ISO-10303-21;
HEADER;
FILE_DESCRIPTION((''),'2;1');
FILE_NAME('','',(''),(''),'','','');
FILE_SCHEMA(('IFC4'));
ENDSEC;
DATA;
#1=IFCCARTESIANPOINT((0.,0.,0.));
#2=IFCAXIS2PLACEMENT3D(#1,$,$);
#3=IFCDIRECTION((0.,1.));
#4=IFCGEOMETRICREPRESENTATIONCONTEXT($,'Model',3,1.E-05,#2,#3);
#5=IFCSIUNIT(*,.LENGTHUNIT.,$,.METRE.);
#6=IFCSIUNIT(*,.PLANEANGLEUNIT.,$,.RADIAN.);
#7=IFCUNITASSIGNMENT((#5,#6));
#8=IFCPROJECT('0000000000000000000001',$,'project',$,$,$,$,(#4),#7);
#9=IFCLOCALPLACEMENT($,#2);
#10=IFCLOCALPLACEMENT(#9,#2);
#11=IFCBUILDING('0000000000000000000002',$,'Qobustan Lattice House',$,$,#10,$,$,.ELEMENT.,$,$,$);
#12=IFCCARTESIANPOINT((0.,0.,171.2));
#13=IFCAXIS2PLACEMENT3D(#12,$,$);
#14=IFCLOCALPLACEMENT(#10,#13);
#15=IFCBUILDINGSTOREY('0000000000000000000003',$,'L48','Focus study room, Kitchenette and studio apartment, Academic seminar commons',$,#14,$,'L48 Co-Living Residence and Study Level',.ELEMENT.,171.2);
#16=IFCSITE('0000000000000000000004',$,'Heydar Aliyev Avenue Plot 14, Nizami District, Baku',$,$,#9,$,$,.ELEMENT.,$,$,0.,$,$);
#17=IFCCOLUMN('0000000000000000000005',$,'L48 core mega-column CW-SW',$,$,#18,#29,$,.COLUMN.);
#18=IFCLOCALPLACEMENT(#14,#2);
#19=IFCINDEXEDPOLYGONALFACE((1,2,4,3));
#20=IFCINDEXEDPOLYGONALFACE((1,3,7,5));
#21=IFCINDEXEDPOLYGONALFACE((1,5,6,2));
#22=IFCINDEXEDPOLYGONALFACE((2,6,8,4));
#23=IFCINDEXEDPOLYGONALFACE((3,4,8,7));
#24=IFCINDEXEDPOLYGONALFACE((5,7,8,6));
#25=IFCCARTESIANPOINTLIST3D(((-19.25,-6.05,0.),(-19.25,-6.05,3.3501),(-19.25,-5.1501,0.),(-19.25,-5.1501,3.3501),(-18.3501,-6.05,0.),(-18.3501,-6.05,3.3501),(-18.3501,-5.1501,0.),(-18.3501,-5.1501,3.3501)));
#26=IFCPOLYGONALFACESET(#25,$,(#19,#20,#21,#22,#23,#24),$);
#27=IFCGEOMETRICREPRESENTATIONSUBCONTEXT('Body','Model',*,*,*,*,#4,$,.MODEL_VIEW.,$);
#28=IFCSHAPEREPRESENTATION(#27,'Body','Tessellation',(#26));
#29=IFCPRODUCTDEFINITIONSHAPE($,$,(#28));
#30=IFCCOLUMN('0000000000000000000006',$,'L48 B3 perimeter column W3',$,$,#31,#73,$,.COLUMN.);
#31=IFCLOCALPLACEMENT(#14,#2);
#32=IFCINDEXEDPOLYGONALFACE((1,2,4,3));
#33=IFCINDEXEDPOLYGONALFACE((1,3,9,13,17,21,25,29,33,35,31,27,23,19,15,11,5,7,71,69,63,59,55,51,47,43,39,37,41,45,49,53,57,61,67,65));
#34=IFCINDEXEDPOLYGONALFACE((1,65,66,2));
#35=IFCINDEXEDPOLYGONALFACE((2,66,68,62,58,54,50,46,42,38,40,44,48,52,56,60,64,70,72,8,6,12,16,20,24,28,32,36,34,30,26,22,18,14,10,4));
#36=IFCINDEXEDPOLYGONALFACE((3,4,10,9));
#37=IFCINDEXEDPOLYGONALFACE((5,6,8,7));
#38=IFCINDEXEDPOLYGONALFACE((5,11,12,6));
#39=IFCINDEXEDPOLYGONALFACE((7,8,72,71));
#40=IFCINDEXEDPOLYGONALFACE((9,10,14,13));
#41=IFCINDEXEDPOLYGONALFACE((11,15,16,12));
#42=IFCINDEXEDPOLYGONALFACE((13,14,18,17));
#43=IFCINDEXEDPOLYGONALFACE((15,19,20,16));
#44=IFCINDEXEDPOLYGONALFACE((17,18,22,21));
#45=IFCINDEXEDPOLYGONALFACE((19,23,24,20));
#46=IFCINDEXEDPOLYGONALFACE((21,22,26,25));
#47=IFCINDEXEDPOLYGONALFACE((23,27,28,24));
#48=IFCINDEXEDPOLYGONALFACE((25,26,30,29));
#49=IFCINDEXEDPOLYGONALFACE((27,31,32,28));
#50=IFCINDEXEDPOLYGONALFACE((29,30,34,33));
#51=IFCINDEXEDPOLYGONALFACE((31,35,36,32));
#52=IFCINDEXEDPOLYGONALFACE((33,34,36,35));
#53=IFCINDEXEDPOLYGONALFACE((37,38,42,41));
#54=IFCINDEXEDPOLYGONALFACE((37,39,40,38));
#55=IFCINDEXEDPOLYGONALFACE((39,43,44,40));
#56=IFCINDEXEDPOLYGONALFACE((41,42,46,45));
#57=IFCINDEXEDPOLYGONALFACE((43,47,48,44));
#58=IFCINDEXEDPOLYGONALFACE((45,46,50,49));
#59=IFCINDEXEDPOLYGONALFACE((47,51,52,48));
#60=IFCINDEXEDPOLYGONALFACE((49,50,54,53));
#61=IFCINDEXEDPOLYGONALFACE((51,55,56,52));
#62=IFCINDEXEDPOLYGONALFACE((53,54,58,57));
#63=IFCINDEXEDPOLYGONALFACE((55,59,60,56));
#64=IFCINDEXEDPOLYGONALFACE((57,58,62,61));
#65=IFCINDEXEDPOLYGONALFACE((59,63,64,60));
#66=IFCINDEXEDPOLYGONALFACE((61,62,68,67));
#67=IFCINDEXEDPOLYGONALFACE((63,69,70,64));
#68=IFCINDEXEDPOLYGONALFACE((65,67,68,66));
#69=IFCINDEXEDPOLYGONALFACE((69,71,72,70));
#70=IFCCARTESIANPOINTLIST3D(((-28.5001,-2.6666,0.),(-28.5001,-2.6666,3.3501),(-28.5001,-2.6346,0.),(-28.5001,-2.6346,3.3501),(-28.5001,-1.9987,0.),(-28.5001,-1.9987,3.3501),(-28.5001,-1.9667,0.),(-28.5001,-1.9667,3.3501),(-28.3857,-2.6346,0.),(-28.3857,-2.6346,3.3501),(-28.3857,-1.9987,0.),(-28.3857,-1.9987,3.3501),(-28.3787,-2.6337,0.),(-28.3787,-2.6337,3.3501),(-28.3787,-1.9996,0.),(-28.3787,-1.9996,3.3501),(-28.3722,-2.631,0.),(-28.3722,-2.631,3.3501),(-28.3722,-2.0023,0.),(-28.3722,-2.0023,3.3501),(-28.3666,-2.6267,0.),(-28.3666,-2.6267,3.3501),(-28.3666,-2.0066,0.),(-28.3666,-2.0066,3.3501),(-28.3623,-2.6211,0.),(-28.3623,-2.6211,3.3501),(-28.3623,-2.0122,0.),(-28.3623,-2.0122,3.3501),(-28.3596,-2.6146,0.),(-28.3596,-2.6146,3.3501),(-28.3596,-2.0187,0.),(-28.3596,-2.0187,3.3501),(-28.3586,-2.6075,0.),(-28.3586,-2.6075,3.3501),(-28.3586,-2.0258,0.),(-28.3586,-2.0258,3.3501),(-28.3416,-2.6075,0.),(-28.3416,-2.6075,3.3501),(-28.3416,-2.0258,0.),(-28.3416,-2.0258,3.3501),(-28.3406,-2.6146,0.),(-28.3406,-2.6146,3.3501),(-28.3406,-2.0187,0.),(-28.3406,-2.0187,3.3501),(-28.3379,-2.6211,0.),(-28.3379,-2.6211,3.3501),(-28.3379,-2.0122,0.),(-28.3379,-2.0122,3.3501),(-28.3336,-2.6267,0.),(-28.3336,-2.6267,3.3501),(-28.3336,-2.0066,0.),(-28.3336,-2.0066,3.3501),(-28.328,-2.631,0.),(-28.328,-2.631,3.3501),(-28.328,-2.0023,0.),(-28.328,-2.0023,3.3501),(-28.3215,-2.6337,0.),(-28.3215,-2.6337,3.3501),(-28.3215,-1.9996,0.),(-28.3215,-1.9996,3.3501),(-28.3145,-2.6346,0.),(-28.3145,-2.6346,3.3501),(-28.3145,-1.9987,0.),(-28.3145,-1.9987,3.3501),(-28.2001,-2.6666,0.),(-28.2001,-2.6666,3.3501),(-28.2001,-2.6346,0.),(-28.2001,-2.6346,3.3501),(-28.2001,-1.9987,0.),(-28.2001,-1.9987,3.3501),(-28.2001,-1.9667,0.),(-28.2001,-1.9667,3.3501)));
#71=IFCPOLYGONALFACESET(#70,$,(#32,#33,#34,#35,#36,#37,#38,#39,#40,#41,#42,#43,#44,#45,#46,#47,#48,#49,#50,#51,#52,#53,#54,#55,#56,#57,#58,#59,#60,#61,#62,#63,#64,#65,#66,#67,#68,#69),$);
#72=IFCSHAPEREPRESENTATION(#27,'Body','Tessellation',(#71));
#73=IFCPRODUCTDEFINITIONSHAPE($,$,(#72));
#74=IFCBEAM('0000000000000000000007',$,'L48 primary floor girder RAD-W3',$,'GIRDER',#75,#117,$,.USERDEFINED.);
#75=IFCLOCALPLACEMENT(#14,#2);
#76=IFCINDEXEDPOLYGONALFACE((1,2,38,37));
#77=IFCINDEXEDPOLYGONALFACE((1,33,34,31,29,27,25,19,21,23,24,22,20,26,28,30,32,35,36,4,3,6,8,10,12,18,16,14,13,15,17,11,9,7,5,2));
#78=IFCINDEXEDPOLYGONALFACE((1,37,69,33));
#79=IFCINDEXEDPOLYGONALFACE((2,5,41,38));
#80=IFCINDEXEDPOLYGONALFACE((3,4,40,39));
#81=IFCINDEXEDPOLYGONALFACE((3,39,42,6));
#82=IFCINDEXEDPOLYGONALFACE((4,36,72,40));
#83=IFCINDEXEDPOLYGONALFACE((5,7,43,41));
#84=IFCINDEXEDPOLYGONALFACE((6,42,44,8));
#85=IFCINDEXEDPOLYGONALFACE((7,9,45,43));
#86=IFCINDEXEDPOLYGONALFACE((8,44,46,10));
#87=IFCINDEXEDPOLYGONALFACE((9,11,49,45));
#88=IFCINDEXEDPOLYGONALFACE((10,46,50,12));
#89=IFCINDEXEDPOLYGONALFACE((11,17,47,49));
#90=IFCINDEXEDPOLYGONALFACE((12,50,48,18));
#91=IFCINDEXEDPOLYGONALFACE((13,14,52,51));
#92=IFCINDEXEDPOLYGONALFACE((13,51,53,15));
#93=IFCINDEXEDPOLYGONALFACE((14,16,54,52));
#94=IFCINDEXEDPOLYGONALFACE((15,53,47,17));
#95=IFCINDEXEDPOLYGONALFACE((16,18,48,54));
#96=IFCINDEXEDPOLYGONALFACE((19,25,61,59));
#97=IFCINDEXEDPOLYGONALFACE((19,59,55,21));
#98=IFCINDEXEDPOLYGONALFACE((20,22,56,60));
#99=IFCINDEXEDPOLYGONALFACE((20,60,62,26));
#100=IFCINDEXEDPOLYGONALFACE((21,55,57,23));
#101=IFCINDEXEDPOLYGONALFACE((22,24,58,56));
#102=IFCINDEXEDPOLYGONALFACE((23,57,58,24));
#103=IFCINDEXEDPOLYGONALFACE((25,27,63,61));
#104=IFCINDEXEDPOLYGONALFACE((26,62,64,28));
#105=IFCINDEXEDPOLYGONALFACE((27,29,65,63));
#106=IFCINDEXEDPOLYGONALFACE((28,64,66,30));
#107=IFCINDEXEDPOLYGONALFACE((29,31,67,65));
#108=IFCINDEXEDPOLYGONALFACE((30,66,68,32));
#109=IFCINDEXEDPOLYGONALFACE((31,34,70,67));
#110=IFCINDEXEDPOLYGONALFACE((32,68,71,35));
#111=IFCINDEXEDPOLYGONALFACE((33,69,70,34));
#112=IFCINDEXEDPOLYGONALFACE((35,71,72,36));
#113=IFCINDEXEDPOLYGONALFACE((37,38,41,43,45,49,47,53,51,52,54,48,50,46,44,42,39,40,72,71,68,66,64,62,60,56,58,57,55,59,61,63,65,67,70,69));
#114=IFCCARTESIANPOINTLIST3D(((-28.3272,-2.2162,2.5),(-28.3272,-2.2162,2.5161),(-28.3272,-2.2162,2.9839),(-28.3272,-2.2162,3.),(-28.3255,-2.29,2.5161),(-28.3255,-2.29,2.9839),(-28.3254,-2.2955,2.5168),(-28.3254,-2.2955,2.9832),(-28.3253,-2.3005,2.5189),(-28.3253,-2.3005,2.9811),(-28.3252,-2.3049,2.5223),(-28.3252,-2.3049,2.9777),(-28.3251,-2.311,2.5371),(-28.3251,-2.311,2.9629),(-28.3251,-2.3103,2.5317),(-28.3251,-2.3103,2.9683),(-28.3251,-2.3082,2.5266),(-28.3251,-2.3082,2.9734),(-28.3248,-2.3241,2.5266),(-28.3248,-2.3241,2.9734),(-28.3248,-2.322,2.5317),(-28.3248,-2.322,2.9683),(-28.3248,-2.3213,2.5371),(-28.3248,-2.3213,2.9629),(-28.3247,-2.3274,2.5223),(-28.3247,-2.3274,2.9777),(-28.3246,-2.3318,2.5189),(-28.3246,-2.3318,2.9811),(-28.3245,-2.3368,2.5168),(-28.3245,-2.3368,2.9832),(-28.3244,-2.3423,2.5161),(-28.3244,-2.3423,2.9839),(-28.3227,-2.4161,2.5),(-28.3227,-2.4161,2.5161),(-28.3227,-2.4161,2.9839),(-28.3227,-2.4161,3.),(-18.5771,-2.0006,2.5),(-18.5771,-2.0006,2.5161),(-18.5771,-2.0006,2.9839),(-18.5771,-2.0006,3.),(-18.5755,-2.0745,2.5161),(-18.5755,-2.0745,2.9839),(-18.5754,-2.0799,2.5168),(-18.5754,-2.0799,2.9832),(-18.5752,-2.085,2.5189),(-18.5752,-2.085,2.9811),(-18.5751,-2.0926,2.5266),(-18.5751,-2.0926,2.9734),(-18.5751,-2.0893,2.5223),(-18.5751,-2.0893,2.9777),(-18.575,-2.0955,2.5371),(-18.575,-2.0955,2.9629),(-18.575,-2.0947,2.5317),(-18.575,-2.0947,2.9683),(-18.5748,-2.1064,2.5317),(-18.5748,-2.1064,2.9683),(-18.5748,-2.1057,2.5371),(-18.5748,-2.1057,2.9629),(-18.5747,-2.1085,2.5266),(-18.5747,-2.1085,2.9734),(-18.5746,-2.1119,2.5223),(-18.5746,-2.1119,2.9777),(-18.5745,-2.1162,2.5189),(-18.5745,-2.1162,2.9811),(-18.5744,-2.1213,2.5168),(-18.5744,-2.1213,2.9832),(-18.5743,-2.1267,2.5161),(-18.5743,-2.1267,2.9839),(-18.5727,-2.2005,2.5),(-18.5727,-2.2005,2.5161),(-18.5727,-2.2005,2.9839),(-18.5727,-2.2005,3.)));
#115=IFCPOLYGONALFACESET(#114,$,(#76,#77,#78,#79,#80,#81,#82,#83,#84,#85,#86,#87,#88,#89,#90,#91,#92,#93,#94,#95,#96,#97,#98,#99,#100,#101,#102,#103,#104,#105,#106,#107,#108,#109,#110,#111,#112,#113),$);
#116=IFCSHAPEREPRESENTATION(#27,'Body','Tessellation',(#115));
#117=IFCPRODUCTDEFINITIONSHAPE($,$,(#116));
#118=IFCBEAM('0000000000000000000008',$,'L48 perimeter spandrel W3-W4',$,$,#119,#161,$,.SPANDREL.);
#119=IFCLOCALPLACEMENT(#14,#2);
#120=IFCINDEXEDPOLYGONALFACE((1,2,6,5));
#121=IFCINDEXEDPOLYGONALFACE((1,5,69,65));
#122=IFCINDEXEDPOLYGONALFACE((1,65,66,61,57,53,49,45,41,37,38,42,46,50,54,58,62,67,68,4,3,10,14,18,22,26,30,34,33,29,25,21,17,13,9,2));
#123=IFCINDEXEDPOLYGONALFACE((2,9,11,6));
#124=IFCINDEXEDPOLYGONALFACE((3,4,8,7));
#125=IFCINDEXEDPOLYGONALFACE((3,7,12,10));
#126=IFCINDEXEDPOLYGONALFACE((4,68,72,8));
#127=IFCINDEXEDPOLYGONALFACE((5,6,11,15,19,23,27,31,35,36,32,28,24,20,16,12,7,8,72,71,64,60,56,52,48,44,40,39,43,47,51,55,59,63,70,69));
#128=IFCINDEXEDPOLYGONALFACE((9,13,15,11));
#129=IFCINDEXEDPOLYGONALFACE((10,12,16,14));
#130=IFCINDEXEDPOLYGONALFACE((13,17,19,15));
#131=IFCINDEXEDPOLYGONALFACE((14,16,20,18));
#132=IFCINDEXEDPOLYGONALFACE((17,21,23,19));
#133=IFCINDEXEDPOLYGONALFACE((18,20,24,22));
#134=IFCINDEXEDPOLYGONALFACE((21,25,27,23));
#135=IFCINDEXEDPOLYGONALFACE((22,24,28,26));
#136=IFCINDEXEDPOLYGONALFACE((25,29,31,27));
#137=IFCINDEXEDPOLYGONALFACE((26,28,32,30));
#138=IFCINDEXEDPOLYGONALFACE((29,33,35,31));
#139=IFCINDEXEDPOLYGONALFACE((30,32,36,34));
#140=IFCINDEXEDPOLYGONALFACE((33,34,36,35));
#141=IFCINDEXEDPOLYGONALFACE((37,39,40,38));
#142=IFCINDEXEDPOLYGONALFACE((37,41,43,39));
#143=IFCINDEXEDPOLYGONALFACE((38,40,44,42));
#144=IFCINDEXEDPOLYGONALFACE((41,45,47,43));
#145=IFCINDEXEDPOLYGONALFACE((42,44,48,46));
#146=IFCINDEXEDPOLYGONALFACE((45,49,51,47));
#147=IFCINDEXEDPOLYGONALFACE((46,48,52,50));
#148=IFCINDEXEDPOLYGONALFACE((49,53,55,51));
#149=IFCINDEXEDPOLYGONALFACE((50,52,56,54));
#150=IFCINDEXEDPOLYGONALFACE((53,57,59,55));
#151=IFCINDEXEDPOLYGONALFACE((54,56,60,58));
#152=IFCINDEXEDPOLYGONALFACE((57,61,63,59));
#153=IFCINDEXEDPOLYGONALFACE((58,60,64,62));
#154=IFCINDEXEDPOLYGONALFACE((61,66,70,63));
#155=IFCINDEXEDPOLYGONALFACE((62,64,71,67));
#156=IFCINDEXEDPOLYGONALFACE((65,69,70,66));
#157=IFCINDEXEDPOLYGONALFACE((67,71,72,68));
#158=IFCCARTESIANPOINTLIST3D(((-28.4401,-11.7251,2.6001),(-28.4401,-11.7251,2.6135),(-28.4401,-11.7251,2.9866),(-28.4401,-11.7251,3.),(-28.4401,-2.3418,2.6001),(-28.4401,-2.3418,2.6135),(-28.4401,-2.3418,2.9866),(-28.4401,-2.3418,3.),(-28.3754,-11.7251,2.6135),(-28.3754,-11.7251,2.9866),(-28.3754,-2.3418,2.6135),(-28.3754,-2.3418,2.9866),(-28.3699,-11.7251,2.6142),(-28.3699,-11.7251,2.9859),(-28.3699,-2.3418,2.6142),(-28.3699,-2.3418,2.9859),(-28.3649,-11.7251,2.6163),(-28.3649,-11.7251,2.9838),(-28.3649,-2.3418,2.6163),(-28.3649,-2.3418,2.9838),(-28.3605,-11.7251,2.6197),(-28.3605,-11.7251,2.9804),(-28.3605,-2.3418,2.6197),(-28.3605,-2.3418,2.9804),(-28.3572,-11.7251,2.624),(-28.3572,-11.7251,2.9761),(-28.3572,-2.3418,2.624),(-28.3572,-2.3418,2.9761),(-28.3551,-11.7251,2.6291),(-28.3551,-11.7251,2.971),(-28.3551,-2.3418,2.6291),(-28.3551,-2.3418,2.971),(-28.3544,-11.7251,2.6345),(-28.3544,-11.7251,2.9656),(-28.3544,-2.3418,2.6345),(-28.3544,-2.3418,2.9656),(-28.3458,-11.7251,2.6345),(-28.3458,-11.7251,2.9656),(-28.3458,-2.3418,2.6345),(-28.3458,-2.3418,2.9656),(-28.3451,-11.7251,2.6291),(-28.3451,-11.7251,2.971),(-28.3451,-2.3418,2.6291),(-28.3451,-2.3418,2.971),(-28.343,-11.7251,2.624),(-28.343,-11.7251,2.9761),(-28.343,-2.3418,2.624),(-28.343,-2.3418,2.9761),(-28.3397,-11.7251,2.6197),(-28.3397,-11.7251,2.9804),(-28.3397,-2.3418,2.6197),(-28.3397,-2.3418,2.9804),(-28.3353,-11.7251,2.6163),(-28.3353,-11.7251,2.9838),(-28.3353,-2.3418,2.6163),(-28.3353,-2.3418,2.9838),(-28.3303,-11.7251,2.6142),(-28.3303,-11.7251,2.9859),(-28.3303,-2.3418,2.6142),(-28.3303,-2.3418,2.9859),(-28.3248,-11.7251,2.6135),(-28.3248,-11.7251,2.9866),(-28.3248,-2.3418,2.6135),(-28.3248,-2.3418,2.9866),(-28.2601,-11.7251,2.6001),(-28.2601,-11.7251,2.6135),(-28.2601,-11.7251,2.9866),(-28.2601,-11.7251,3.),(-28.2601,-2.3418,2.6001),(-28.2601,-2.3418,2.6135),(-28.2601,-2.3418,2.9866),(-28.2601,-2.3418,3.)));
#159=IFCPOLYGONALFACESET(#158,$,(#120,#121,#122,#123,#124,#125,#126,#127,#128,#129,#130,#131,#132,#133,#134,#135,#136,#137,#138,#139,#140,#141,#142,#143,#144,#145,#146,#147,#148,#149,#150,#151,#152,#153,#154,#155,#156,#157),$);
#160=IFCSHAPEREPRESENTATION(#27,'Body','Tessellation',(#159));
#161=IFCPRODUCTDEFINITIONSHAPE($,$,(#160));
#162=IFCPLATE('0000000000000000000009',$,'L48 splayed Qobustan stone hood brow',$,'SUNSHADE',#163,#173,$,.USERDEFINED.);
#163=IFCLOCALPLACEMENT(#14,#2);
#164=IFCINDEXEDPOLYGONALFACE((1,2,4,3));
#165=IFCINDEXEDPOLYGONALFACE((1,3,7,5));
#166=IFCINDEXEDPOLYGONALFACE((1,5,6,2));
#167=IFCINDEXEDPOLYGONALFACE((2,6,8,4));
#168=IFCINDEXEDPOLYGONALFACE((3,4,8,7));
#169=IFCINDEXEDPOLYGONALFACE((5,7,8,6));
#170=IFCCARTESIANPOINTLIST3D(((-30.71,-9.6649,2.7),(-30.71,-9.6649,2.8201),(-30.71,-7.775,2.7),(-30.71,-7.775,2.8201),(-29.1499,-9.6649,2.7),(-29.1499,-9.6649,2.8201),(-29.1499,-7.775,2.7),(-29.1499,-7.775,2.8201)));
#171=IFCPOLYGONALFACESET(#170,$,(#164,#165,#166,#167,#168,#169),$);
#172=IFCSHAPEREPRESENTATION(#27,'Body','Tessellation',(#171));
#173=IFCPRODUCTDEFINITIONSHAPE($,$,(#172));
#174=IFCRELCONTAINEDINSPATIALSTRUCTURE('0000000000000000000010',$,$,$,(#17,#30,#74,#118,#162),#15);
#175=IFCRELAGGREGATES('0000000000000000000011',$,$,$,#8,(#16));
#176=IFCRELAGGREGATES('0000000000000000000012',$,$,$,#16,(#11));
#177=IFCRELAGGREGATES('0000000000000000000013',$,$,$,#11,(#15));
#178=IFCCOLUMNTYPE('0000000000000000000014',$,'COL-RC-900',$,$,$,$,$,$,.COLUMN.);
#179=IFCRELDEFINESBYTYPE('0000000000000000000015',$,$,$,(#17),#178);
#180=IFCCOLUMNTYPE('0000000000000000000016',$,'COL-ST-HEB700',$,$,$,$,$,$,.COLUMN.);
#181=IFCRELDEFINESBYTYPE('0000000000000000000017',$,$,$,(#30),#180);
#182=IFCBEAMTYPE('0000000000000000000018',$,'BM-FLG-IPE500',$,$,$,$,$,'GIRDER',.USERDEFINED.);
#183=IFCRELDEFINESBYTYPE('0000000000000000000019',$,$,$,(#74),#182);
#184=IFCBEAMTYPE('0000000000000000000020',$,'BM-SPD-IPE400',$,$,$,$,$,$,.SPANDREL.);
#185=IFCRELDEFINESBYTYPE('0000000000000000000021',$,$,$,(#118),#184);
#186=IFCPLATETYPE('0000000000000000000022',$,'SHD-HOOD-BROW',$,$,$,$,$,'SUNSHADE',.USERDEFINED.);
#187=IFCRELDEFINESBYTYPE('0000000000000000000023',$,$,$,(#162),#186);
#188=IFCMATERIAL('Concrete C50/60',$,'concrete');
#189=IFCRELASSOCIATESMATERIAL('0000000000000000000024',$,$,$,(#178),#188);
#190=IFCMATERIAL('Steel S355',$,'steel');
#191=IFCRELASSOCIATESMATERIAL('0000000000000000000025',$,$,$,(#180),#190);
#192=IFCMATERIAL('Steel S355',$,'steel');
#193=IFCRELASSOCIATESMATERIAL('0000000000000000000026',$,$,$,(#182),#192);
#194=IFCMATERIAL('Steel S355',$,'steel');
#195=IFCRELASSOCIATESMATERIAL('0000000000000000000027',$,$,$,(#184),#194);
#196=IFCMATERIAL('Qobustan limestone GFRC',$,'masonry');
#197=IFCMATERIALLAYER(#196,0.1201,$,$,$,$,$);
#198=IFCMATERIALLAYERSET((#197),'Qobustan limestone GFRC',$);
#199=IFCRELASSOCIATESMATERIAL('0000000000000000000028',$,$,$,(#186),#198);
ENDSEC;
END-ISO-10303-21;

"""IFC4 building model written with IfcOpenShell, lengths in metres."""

from ifc_helpers import new_model, si_unit, direction, frame, origin, origin_2d, place, context, subcontext, project, spatial, rectangle, i_section, extrude, material, layer, layer_set, material_profile, profile_set, type_object, element, save


model = new_model("IFC4")

# Units and contexts
model_context = context("Model", 3, precision=1e-05, world=origin(), true_north=direction((0.0, 1.0)))
body_context = subcontext(model_context, "Body", "Model", "MODEL_VIEW")
ifc_project = project(units=[si_unit("LENGTHUNIT", "METRE"), si_unit("PLANEANGLEUNIT", "RADIAN")], contexts=[model_context])

# Site, building, storey
site_placement = place(None, origin())
site = spatial("IfcSite", under=ifc_project, at=site_placement, Name="Heydar Aliyev Avenue Plot 14, Nizami District, Baku", CompositionType="ELEMENT", RefElevation=0.0)
building_placement = place(site_placement, origin())
building = spatial("IfcBuilding", under=site, at=building_placement, Name="Qobustan Lattice House", CompositionType="ELEMENT")
storey_placement = place(building_placement, frame((0.0, 0.0, 171.2)))
storey = spatial("IfcBuildingStorey", under=building, at=storey_placement, Name="L48", Description="Focus study room, Kitchenette and studio apartment, Academic seminar commons", LongName="L48 Co-Living Residence and Study Level", CompositionType="ELEMENT", Elevation=171.2)

# Columns
ifc_material_1 = material(Name="Concrete C50/60", Category="concrete")
ifc_material_profile_1 = material_profile(ifc_material_1, rectangle(XDim=0.8999, YDim=0.8999, at=origin_2d()), Name="RC900x900")
ifc_profile_set_1 = profile_set([ifc_material_profile_1], Name="Concrete C50/60")
column_type_1 = type_object("IfcColumnType", Name="COL-RC-900", PredefinedType="COLUMN", material=ifc_profile_set_1)
column_1_placement = place(storey_placement, frame((-18.8, -5.6001, 0.0), z_axis=(0.0, 0.0, 1.0), x_axis=(1.0, 0.0, 0.0)))
element("IfcColumn", 1, at=column_1_placement, inside=storey, type_object=column_type_1, Name="L48 core mega-column CW-SW", PredefinedType="COLUMN", context=body_context, shape_type="SweptSolid", body=[
    extrude(rectangle(XDim=0.8999, YDim=0.8999, at=origin_2d()), origin(), (0.0, 0.0, 1.0), 3.3501),
])
ifc_material_2 = material(Name="Steel S355", Category="steel")
ifc_material_profile_2 = material_profile(ifc_material_2, i_section(OverallWidth=0.3, OverallDepth=0.7, WebThickness=0.0171, FlangeThickness=0.032, FilletRadius=0.0271, at=origin_2d()), Name="HEB700")
ifc_profile_set_2 = profile_set([ifc_material_profile_2], Name="Steel S355")
column_type_2 = type_object("IfcColumnType", Name="COL-ST-HEB700", PredefinedType="COLUMN", material=ifc_profile_set_2)
column_2_placement = place(storey_placement, frame((-28.3501, -2.3167, 0.0), z_axis=(0.0, 0.0, 1.0), x_axis=(1.0, 0.0, 0.0)))
element("IfcColumn", 2, at=column_2_placement, inside=storey, type_object=column_type_2, Name="L48 B3 perimeter column W3", PredefinedType="COLUMN", context=body_context, shape_type="SweptSolid", body=[
    extrude(i_section(OverallWidth=0.3, OverallDepth=0.7, WebThickness=0.0171, FlangeThickness=0.032, FilletRadius=0.0271, at=origin_2d()), origin(), (0.0, 0.0, 1.0), 3.3501),
])

# Beams
ifc_material_3 = material(Name="Steel S355", Category="steel")
ifc_material_profile_3 = material_profile(ifc_material_3, i_section(OverallWidth=0.2, OverallDepth=0.5, WebThickness=0.0103, FlangeThickness=0.0161, FilletRadius=0.021, at=origin_2d()), Name="IPE500")
ifc_profile_set_3 = profile_set([ifc_material_profile_3], Name="Steel S355")
beam_type_1 = type_object("IfcBeamType", Name="BM-FLG-IPE500", ElementType="GIRDER", PredefinedType="USERDEFINED", material=ifc_profile_set_3)
beam_1_placement = place(storey_placement, frame((-28.325, -2.3162, 2.75), z_axis=(0.999756, 0.022105, 0.0), x_axis=(-0.022105, 0.999756, 0.0)))
element("IfcBeam", 3, at=beam_1_placement, inside=storey, type_object=beam_type_1, Name="L48 primary floor girder RAD-W3", ObjectType="GIRDER", PredefinedType="USERDEFINED", context=body_context, shape_type="SweptSolid", body=[
    extrude(i_section(OverallWidth=0.2, OverallDepth=0.5, WebThickness=0.0103, FlangeThickness=0.0161, FilletRadius=0.021, at=origin_2d()), origin(), (0.0, 0.0, 1.0), 9.7524),
])
ifc_material_4 = material(Name="Steel S355", Category="steel")
ifc_material_profile_4 = material_profile(ifc_material_4, i_section(OverallWidth=0.1799, OverallDepth=0.3999, WebThickness=0.0085, FlangeThickness=0.0134, FilletRadius=0.021, at=origin_2d()), Name="IPE400")
ifc_profile_set_4 = profile_set([ifc_material_profile_4], Name="Steel S355")
beam_type_2 = type_object("IfcBeamType", Name="BM-SPD-IPE400", PredefinedType="SPANDREL", material=ifc_profile_set_4)
beam_2_placement = place(storey_placement, frame((-28.3501, -2.3418, 2.8), z_axis=(0.0, -1.0, 0.0), x_axis=(1.0, 0.0, 0.0)))
element("IfcBeam", 4, at=beam_2_placement, inside=storey, type_object=beam_type_2, Name="L48 perimeter spandrel W3-W4", PredefinedType="SPANDREL", context=body_context, shape_type="SweptSolid", body=[
    extrude(i_section(OverallWidth=0.1799, OverallDepth=0.3999, WebThickness=0.0085, FlangeThickness=0.0134, FilletRadius=0.021, at=origin_2d()), origin(), (0.0, 0.0, 1.0), 9.3833),
])

# Plate
ifc_material_5 = material(Name="Qobustan limestone GFRC", Category="masonry")
ifc_layer_1 = layer(ifc_material_5, 0.1201)
ifc_layer_set_1 = layer_set([ifc_layer_1], Name="Qobustan limestone GFRC")
plate_type = type_object("IfcPlateType", Name="SHD-HOOD-BROW", ElementType="SUNSHADE", PredefinedType="USERDEFINED", material=ifc_layer_set_1)
plate_placement = place(storey_placement, frame((-29.9299, -8.72, 2.7), z_axis=(0.0, 0.0, 1.0), x_axis=(0.0, 1.0, 0.0)))
element("IfcPlate", 5, at=plate_placement, inside=storey, type_object=plate_type, Name="L48 splayed Qobustan stone hood brow", ObjectType="SUNSHADE", PredefinedType="USERDEFINED", context=body_context, shape_type="SweptSolid", body=[
    extrude(rectangle(XDim=1.8899, YDim=1.5601, at=origin_2d()), origin(), (0.0, 0.0, 1.0), 0.1201),
])

save(model, "model.ifc")
